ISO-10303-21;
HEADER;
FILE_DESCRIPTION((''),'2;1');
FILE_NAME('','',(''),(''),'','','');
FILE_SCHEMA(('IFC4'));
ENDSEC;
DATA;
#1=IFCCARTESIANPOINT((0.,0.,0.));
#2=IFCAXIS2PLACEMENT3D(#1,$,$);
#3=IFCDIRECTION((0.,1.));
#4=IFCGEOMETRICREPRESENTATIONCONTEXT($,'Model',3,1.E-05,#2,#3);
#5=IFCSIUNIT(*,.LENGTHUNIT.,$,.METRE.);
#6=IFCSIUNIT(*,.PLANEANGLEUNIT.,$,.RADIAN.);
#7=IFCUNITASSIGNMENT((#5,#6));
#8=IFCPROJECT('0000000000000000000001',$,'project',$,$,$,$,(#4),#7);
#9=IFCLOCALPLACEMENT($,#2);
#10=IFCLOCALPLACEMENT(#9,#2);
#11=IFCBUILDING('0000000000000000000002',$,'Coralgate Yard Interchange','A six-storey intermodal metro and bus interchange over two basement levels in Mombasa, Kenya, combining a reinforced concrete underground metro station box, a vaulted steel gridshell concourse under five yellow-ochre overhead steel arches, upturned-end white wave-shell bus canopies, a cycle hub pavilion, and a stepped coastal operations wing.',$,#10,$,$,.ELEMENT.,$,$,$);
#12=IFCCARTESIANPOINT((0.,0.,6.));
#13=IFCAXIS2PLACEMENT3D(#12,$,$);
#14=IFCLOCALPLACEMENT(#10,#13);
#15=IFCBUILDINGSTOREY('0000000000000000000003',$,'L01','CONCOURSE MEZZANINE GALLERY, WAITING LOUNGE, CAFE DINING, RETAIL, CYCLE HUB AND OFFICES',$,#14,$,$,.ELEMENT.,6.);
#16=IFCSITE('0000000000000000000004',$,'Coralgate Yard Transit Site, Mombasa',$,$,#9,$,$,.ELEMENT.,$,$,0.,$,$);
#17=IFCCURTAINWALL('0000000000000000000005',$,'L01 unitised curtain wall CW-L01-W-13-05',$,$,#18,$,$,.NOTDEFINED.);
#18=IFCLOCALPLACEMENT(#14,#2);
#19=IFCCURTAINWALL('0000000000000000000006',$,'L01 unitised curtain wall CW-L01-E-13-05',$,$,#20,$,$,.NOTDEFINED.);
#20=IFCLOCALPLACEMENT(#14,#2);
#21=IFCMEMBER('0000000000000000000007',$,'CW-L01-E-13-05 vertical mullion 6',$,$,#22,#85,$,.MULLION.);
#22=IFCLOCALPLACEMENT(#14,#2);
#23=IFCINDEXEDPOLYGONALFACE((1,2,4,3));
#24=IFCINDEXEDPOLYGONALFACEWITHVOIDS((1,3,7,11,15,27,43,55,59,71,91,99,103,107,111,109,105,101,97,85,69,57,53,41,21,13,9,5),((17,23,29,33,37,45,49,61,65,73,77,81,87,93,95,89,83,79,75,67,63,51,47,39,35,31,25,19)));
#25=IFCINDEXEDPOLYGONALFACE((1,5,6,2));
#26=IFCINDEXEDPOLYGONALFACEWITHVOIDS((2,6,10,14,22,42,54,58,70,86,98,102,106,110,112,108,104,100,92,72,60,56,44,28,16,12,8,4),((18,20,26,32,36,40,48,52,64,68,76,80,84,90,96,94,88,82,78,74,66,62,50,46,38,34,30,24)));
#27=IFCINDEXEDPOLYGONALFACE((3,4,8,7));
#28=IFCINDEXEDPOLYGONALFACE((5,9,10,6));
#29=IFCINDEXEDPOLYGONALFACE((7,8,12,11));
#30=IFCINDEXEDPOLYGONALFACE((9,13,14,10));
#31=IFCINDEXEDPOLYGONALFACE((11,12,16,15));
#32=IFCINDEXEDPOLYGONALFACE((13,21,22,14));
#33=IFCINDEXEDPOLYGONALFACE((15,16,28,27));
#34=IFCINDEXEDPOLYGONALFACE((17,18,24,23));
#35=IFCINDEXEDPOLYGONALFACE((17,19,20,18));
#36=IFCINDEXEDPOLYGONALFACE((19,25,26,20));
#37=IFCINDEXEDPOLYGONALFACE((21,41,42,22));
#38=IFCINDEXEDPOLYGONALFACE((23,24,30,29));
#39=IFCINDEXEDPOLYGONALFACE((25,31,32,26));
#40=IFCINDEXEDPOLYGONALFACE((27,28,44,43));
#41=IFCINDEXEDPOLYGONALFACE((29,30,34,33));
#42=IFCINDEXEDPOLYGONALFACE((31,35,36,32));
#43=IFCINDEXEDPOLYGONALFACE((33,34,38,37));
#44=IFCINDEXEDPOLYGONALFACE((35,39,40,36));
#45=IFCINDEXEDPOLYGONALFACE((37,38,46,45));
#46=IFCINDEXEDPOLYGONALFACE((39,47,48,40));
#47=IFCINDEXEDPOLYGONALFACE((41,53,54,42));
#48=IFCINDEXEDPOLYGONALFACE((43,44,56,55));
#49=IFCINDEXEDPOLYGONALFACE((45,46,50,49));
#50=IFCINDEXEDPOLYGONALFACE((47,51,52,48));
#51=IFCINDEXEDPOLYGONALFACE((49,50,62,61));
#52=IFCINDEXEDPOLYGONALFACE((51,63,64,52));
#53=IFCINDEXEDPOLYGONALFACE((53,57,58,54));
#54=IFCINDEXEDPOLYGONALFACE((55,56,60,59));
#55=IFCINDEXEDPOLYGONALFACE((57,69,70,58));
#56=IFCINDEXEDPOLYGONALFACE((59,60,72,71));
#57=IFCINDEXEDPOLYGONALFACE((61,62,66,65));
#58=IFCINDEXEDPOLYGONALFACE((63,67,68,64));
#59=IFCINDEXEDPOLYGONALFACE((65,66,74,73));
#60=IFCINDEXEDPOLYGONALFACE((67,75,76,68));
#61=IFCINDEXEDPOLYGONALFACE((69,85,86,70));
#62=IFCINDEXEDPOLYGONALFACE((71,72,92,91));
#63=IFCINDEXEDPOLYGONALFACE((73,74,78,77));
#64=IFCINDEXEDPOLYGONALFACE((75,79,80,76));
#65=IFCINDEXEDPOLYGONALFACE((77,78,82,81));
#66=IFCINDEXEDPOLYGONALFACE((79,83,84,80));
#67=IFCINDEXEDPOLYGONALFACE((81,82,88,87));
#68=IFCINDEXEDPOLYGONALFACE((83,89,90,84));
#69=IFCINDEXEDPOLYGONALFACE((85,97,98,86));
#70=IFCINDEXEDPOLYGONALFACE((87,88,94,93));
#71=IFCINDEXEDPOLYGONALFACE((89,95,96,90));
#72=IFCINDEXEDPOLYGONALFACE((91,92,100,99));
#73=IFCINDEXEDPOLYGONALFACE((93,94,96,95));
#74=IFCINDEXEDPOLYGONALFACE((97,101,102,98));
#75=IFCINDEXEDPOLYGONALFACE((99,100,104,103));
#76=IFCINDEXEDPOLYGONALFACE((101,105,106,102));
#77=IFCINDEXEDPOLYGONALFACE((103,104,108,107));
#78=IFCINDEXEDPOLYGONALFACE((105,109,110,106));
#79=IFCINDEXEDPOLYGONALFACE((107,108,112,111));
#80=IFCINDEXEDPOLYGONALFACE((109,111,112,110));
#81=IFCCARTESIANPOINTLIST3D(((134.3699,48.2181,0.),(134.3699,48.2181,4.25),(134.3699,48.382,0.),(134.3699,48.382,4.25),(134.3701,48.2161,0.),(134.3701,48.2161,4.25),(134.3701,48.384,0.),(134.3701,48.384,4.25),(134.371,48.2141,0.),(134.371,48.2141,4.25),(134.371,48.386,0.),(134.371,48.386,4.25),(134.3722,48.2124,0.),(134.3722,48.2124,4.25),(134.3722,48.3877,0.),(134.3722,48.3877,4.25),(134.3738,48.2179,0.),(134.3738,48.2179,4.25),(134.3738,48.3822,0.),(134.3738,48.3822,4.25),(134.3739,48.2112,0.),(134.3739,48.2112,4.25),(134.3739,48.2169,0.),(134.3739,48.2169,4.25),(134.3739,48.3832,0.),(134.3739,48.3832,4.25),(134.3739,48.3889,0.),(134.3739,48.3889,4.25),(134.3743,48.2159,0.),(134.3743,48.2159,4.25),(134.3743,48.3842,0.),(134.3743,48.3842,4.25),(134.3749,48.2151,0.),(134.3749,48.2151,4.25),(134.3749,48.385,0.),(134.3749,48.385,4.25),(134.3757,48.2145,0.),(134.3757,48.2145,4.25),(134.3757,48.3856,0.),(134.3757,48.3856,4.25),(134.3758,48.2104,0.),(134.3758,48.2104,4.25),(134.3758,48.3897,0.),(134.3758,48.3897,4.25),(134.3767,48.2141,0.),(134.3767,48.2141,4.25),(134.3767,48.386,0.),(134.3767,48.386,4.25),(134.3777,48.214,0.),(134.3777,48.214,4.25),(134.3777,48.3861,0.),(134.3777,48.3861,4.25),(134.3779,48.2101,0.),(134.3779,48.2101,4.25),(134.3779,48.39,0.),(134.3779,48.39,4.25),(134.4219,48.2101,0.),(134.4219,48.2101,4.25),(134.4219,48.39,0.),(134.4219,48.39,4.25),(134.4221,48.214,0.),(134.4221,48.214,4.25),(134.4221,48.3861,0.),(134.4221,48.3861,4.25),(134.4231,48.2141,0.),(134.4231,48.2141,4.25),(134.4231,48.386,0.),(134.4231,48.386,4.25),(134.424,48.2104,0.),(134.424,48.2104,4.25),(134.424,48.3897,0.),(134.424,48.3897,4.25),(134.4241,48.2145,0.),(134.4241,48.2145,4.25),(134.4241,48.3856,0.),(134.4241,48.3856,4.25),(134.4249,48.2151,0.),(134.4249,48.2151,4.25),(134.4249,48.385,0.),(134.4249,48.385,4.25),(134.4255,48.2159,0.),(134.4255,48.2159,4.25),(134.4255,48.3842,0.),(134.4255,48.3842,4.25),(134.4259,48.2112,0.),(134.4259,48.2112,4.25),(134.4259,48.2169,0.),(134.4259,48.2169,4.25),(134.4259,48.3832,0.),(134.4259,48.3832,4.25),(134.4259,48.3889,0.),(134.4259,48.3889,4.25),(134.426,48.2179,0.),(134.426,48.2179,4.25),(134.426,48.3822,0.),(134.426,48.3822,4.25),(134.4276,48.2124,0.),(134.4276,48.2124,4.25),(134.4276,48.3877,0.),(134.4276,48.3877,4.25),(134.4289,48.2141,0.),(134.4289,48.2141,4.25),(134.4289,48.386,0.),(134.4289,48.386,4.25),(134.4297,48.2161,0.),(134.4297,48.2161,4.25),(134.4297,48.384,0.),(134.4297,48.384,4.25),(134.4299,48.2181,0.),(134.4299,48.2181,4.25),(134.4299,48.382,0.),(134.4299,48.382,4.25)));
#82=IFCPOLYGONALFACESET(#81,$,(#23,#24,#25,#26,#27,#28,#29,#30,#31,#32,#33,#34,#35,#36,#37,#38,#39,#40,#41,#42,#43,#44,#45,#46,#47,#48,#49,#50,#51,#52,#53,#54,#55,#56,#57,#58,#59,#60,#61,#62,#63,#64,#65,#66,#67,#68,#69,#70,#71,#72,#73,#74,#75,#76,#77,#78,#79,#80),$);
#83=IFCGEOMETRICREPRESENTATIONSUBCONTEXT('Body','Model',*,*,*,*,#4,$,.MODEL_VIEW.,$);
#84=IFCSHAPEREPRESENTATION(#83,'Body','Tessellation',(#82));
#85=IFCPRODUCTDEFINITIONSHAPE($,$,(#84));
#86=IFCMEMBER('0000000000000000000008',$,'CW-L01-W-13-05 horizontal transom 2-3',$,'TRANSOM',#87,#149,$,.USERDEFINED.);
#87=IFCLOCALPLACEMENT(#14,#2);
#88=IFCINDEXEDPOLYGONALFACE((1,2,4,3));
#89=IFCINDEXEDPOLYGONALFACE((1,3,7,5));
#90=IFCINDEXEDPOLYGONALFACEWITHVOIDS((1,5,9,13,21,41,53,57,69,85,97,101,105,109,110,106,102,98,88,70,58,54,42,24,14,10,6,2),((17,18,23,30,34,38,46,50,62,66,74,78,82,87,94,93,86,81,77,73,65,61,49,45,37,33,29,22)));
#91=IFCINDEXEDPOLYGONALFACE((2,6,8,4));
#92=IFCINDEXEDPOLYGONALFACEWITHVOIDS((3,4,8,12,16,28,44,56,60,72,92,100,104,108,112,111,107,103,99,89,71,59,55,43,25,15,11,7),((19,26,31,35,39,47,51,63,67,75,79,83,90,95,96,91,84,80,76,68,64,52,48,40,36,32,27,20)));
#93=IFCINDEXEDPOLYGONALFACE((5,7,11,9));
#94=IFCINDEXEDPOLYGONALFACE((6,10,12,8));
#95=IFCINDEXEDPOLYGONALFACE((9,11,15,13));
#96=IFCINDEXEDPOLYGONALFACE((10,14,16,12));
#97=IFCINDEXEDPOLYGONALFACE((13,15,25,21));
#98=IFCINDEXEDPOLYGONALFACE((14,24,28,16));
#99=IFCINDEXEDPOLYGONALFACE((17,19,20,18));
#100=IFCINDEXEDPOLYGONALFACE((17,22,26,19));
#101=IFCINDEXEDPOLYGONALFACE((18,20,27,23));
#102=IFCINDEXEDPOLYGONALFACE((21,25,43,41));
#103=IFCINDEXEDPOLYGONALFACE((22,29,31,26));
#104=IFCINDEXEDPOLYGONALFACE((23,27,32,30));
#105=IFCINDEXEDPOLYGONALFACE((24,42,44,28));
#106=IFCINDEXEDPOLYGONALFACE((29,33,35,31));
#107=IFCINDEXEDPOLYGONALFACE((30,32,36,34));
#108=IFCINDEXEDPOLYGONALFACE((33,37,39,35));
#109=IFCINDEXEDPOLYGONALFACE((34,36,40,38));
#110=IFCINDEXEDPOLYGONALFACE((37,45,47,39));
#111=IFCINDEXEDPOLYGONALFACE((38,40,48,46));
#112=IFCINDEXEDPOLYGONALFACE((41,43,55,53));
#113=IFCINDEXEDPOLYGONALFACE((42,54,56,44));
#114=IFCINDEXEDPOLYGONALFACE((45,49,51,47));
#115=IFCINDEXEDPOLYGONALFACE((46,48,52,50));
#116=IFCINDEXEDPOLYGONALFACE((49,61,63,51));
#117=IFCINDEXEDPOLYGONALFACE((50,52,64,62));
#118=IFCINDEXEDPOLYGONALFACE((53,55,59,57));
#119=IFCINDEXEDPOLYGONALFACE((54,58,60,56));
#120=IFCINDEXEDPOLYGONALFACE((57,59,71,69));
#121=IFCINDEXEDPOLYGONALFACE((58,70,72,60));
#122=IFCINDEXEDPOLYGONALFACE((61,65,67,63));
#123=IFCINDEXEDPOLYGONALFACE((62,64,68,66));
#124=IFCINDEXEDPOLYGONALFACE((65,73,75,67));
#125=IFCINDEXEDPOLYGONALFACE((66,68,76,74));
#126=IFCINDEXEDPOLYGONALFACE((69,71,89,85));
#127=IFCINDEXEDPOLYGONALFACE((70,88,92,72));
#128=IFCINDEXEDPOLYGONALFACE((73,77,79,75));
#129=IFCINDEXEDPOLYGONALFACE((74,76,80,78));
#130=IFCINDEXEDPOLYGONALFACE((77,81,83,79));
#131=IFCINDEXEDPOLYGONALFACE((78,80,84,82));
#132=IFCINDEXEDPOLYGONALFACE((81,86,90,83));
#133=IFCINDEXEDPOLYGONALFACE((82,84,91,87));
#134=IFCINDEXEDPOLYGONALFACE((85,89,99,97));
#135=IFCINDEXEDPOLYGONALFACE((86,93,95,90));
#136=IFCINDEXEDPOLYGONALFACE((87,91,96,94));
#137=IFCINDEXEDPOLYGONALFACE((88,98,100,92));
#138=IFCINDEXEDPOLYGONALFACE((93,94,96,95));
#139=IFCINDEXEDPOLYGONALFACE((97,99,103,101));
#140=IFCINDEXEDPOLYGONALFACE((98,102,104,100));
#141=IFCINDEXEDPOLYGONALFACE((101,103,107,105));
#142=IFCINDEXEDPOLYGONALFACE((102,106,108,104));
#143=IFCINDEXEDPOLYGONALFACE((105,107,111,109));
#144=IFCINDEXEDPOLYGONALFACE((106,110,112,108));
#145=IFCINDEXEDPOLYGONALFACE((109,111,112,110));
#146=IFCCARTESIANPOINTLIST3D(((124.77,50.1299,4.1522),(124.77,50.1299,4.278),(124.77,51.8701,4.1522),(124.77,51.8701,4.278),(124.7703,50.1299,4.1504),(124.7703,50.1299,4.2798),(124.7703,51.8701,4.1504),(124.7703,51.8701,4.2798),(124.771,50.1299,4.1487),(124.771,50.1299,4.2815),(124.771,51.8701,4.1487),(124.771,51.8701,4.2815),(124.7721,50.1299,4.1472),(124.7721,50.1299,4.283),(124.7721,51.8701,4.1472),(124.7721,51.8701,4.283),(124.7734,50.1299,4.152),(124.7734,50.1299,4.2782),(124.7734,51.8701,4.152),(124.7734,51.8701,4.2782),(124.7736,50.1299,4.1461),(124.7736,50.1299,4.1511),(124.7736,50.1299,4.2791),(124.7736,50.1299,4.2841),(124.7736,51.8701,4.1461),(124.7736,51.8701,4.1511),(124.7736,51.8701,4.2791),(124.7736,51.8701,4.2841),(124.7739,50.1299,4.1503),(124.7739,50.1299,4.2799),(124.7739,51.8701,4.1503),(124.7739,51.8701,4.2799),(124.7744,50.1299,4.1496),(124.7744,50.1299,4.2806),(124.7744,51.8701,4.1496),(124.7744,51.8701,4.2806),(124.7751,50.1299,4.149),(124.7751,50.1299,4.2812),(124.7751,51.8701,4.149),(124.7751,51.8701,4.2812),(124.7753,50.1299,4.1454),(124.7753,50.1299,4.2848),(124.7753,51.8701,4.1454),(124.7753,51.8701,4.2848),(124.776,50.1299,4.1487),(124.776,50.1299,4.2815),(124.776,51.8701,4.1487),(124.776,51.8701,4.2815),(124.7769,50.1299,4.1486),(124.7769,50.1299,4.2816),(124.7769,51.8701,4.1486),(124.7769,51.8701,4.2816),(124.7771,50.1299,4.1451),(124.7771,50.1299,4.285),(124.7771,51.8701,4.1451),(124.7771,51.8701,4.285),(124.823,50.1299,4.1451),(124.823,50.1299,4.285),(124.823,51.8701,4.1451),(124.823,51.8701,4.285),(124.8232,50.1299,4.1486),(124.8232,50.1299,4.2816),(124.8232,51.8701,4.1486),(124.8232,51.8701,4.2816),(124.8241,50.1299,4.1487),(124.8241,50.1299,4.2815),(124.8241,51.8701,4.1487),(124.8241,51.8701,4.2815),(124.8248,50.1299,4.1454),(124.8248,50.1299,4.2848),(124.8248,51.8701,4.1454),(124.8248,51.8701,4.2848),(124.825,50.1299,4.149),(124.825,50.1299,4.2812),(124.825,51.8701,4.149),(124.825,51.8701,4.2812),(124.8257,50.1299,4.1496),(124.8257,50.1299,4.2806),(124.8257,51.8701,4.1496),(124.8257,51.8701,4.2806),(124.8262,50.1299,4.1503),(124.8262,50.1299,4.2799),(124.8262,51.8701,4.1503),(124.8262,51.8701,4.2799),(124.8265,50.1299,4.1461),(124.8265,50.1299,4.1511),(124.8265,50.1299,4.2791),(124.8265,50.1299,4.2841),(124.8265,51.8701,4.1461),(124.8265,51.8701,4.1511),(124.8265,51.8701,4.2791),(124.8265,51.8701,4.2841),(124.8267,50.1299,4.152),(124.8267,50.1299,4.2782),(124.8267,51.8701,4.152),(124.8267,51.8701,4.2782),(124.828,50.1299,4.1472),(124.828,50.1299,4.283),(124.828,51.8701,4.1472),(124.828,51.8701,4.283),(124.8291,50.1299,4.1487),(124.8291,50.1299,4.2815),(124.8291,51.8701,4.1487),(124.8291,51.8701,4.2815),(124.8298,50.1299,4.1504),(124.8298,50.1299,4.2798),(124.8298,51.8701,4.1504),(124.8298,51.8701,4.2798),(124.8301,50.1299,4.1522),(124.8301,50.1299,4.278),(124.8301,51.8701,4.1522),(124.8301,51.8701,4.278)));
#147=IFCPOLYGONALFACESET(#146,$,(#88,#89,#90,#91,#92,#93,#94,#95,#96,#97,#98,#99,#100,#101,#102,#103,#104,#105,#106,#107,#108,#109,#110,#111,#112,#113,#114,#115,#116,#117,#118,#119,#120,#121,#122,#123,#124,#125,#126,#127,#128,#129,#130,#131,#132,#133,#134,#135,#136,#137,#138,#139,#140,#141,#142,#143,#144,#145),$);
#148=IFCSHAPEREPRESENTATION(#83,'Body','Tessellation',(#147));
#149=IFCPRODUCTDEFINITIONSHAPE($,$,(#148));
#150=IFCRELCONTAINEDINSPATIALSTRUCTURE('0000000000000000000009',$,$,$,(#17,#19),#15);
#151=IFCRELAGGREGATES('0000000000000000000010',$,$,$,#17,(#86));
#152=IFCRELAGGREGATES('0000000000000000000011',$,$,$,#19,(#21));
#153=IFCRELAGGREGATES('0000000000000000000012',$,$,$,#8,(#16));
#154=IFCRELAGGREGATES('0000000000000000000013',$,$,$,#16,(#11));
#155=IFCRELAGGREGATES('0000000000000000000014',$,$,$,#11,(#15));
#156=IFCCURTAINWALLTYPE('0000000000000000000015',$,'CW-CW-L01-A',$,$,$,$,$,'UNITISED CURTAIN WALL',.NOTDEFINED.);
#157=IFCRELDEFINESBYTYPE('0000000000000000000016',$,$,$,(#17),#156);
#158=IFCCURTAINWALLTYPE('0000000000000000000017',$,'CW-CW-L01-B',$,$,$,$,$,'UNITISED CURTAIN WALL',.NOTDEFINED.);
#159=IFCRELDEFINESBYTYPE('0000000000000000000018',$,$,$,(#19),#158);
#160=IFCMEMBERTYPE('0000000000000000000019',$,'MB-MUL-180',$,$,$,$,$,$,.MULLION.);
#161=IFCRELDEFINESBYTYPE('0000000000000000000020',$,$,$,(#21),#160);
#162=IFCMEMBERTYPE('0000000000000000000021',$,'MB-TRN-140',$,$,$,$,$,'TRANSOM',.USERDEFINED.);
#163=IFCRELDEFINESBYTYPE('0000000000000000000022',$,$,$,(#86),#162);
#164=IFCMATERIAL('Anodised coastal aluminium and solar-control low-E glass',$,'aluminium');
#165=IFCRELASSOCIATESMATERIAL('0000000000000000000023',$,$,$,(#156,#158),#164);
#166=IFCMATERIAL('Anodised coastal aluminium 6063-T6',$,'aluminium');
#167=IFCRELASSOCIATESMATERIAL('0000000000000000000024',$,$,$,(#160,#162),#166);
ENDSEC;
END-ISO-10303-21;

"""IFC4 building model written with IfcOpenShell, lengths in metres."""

from ifc_helpers import new_model, si_unit, direction, frame, origin, origin_2d, place, context, subcontext, project, spatial, hollow_rectangle, extrude, material, material_profile, profile_set, type_object, element, aggregate, save


model = new_model("IFC4")

# Units and contexts
model_context = context("Model", 3, precision=1e-05, world=origin(), true_north=direction((0.0, 1.0)))
body_context = subcontext(model_context, "Body", "Model", "MODEL_VIEW")
ifc_project = project(units=[si_unit("LENGTHUNIT", "METRE"), si_unit("PLANEANGLEUNIT", "RADIAN")], contexts=[model_context])

# Site, building, storey
site_placement = place(None, origin())
site = spatial("IfcSite", under=ifc_project, at=site_placement, Name="Coralgate Yard Transit Site, Mombasa", CompositionType="ELEMENT", RefElevation=0.0)
building_placement = place(site_placement, origin())
building = spatial("IfcBuilding", under=site, at=building_placement, Name="Coralgate Yard Interchange", Description="A six-storey intermodal metro and bus interchange over two basement levels in Mombasa, Kenya, combining a reinforced concrete underground metro station box, a vaulted steel gridshell concourse under five yellow-ochre overhead steel arches, upturned-end white wave-shell bus canopies, a cycle hub pavilion, and a stepped coastal operations wing.", CompositionType="ELEMENT")
storey_placement = place(building_placement, frame((0.0, 0.0, 6.0)))
storey = spatial("IfcBuildingStorey", under=building, at=storey_placement, Name="L01", Description="CONCOURSE MEZZANINE GALLERY, WAITING LOUNGE, CAFE DINING, RETAIL, CYCLE HUB AND OFFICES", CompositionType="ELEMENT", Elevation=6.0)

# Curtain wall
ifc_material_1 = material(Name="Anodised coastal aluminium and solar-control low-E glass", Category="aluminium")
curtain_wall_type_1 = type_object("IfcCurtainWallType", Name="CW-CW-L01-A", ElementType="UNITISED CURTAIN WALL", PredefinedType="NOTDEFINED", material=ifc_material_1)
curtain_wall_1_placement = place(storey_placement, origin())
curtain_wall_1 = element("IfcCurtainWall", 1, at=curtain_wall_1_placement, inside=storey, type_object=curtain_wall_type_1, Name="L01 unitised curtain wall CW-L01-W-13-05", PredefinedType="NOTDEFINED")
ifc_material_2 = material(Name="Anodised coastal aluminium 6063-T6", Category="aluminium")
ifc_material_profile_1 = material_profile(ifc_material_2, hollow_rectangle(XDim=0.0601, YDim=0.1799, WallThickness=0.0039, InnerFilletRadius=0.0039, OuterFilletRadius=0.0081, at=origin_2d()), Name="ALU 60x180x4")
ifc_profile_set_1 = profile_set([ifc_material_profile_1], Name="Anodised coastal aluminium 6063-T6")
member_type_1 = type_object("IfcMemberType", Name="MB-MUL-180", PredefinedType="MULLION", material=ifc_profile_set_1)

# Curtain wall, member
curtain_wall_type_2 = type_object("IfcCurtainWallType", Name="CW-CW-L01-B", ElementType="UNITISED CURTAIN WALL", PredefinedType="NOTDEFINED", material=ifc_material_1)
curtain_wall_2_placement = place(storey_placement, origin())
curtain_wall_2 = element("IfcCurtainWall", 2, at=curtain_wall_2_placement, inside=storey, type_object=curtain_wall_type_2, Name="L01 unitised curtain wall CW-L01-E-13-05", PredefinedType="NOTDEFINED")
member_1_placement = place(storey_placement, frame((134.3999, 48.3, 0.0), z_axis=(0.0, 0.0, 1.0), x_axis=(1.0, 0.0, 0.0)))
member_1 = element("IfcMember", 3, at=member_1_placement, type_object=member_type_1, Name="CW-L01-E-13-05 vertical mullion 6", PredefinedType="MULLION", context=body_context, shape_type="SweptSolid", body=[
    extrude(hollow_rectangle(XDim=0.0601, YDim=0.1799, WallThickness=0.0039, InnerFilletRadius=0.0039, OuterFilletRadius=0.0081, at=origin_2d()), origin(), (0.0, 0.0, 1.0), 4.25),
])

# Member
ifc_material_profile_2 = material_profile(ifc_material_2, hollow_rectangle(XDim=0.0601, YDim=0.1399, WallThickness=0.0034, InnerFilletRadius=0.0034, OuterFilletRadius=0.0071, at=origin_2d()), Name="ALU 60x140x3.5")
ifc_profile_set_2 = profile_set([ifc_material_profile_2], Name="Anodised coastal aluminium 6063-T6")
member_type_2 = type_object("IfcMemberType", Name="MB-TRN-140", ElementType="TRANSOM", PredefinedType="USERDEFINED", material=ifc_profile_set_2)
member_2_placement = place(storey_placement, frame((124.8, 50.1299, 4.2151), z_axis=(0.0, 1.0, 0.0), x_axis=(-1.0, 0.0, 0.0)))
member_2 = element("IfcMember", 4, at=member_2_placement, type_object=member_type_2, Name="CW-L01-W-13-05 horizontal transom 2-3", ObjectType="TRANSOM", PredefinedType="USERDEFINED", context=body_context, shape_type="SweptSolid", body=[
    extrude(hollow_rectangle(XDim=0.0601, YDim=0.1399, WallThickness=0.0034, InnerFilletRadius=0.0034, OuterFilletRadius=0.0071, at=origin_2d()), origin(), (0.0, 0.0, 1.0), 1.7402),
])

aggregate(curtain_wall_1, [member_2])
aggregate(curtain_wall_2, [member_1])

save(model, "model.ifc")
